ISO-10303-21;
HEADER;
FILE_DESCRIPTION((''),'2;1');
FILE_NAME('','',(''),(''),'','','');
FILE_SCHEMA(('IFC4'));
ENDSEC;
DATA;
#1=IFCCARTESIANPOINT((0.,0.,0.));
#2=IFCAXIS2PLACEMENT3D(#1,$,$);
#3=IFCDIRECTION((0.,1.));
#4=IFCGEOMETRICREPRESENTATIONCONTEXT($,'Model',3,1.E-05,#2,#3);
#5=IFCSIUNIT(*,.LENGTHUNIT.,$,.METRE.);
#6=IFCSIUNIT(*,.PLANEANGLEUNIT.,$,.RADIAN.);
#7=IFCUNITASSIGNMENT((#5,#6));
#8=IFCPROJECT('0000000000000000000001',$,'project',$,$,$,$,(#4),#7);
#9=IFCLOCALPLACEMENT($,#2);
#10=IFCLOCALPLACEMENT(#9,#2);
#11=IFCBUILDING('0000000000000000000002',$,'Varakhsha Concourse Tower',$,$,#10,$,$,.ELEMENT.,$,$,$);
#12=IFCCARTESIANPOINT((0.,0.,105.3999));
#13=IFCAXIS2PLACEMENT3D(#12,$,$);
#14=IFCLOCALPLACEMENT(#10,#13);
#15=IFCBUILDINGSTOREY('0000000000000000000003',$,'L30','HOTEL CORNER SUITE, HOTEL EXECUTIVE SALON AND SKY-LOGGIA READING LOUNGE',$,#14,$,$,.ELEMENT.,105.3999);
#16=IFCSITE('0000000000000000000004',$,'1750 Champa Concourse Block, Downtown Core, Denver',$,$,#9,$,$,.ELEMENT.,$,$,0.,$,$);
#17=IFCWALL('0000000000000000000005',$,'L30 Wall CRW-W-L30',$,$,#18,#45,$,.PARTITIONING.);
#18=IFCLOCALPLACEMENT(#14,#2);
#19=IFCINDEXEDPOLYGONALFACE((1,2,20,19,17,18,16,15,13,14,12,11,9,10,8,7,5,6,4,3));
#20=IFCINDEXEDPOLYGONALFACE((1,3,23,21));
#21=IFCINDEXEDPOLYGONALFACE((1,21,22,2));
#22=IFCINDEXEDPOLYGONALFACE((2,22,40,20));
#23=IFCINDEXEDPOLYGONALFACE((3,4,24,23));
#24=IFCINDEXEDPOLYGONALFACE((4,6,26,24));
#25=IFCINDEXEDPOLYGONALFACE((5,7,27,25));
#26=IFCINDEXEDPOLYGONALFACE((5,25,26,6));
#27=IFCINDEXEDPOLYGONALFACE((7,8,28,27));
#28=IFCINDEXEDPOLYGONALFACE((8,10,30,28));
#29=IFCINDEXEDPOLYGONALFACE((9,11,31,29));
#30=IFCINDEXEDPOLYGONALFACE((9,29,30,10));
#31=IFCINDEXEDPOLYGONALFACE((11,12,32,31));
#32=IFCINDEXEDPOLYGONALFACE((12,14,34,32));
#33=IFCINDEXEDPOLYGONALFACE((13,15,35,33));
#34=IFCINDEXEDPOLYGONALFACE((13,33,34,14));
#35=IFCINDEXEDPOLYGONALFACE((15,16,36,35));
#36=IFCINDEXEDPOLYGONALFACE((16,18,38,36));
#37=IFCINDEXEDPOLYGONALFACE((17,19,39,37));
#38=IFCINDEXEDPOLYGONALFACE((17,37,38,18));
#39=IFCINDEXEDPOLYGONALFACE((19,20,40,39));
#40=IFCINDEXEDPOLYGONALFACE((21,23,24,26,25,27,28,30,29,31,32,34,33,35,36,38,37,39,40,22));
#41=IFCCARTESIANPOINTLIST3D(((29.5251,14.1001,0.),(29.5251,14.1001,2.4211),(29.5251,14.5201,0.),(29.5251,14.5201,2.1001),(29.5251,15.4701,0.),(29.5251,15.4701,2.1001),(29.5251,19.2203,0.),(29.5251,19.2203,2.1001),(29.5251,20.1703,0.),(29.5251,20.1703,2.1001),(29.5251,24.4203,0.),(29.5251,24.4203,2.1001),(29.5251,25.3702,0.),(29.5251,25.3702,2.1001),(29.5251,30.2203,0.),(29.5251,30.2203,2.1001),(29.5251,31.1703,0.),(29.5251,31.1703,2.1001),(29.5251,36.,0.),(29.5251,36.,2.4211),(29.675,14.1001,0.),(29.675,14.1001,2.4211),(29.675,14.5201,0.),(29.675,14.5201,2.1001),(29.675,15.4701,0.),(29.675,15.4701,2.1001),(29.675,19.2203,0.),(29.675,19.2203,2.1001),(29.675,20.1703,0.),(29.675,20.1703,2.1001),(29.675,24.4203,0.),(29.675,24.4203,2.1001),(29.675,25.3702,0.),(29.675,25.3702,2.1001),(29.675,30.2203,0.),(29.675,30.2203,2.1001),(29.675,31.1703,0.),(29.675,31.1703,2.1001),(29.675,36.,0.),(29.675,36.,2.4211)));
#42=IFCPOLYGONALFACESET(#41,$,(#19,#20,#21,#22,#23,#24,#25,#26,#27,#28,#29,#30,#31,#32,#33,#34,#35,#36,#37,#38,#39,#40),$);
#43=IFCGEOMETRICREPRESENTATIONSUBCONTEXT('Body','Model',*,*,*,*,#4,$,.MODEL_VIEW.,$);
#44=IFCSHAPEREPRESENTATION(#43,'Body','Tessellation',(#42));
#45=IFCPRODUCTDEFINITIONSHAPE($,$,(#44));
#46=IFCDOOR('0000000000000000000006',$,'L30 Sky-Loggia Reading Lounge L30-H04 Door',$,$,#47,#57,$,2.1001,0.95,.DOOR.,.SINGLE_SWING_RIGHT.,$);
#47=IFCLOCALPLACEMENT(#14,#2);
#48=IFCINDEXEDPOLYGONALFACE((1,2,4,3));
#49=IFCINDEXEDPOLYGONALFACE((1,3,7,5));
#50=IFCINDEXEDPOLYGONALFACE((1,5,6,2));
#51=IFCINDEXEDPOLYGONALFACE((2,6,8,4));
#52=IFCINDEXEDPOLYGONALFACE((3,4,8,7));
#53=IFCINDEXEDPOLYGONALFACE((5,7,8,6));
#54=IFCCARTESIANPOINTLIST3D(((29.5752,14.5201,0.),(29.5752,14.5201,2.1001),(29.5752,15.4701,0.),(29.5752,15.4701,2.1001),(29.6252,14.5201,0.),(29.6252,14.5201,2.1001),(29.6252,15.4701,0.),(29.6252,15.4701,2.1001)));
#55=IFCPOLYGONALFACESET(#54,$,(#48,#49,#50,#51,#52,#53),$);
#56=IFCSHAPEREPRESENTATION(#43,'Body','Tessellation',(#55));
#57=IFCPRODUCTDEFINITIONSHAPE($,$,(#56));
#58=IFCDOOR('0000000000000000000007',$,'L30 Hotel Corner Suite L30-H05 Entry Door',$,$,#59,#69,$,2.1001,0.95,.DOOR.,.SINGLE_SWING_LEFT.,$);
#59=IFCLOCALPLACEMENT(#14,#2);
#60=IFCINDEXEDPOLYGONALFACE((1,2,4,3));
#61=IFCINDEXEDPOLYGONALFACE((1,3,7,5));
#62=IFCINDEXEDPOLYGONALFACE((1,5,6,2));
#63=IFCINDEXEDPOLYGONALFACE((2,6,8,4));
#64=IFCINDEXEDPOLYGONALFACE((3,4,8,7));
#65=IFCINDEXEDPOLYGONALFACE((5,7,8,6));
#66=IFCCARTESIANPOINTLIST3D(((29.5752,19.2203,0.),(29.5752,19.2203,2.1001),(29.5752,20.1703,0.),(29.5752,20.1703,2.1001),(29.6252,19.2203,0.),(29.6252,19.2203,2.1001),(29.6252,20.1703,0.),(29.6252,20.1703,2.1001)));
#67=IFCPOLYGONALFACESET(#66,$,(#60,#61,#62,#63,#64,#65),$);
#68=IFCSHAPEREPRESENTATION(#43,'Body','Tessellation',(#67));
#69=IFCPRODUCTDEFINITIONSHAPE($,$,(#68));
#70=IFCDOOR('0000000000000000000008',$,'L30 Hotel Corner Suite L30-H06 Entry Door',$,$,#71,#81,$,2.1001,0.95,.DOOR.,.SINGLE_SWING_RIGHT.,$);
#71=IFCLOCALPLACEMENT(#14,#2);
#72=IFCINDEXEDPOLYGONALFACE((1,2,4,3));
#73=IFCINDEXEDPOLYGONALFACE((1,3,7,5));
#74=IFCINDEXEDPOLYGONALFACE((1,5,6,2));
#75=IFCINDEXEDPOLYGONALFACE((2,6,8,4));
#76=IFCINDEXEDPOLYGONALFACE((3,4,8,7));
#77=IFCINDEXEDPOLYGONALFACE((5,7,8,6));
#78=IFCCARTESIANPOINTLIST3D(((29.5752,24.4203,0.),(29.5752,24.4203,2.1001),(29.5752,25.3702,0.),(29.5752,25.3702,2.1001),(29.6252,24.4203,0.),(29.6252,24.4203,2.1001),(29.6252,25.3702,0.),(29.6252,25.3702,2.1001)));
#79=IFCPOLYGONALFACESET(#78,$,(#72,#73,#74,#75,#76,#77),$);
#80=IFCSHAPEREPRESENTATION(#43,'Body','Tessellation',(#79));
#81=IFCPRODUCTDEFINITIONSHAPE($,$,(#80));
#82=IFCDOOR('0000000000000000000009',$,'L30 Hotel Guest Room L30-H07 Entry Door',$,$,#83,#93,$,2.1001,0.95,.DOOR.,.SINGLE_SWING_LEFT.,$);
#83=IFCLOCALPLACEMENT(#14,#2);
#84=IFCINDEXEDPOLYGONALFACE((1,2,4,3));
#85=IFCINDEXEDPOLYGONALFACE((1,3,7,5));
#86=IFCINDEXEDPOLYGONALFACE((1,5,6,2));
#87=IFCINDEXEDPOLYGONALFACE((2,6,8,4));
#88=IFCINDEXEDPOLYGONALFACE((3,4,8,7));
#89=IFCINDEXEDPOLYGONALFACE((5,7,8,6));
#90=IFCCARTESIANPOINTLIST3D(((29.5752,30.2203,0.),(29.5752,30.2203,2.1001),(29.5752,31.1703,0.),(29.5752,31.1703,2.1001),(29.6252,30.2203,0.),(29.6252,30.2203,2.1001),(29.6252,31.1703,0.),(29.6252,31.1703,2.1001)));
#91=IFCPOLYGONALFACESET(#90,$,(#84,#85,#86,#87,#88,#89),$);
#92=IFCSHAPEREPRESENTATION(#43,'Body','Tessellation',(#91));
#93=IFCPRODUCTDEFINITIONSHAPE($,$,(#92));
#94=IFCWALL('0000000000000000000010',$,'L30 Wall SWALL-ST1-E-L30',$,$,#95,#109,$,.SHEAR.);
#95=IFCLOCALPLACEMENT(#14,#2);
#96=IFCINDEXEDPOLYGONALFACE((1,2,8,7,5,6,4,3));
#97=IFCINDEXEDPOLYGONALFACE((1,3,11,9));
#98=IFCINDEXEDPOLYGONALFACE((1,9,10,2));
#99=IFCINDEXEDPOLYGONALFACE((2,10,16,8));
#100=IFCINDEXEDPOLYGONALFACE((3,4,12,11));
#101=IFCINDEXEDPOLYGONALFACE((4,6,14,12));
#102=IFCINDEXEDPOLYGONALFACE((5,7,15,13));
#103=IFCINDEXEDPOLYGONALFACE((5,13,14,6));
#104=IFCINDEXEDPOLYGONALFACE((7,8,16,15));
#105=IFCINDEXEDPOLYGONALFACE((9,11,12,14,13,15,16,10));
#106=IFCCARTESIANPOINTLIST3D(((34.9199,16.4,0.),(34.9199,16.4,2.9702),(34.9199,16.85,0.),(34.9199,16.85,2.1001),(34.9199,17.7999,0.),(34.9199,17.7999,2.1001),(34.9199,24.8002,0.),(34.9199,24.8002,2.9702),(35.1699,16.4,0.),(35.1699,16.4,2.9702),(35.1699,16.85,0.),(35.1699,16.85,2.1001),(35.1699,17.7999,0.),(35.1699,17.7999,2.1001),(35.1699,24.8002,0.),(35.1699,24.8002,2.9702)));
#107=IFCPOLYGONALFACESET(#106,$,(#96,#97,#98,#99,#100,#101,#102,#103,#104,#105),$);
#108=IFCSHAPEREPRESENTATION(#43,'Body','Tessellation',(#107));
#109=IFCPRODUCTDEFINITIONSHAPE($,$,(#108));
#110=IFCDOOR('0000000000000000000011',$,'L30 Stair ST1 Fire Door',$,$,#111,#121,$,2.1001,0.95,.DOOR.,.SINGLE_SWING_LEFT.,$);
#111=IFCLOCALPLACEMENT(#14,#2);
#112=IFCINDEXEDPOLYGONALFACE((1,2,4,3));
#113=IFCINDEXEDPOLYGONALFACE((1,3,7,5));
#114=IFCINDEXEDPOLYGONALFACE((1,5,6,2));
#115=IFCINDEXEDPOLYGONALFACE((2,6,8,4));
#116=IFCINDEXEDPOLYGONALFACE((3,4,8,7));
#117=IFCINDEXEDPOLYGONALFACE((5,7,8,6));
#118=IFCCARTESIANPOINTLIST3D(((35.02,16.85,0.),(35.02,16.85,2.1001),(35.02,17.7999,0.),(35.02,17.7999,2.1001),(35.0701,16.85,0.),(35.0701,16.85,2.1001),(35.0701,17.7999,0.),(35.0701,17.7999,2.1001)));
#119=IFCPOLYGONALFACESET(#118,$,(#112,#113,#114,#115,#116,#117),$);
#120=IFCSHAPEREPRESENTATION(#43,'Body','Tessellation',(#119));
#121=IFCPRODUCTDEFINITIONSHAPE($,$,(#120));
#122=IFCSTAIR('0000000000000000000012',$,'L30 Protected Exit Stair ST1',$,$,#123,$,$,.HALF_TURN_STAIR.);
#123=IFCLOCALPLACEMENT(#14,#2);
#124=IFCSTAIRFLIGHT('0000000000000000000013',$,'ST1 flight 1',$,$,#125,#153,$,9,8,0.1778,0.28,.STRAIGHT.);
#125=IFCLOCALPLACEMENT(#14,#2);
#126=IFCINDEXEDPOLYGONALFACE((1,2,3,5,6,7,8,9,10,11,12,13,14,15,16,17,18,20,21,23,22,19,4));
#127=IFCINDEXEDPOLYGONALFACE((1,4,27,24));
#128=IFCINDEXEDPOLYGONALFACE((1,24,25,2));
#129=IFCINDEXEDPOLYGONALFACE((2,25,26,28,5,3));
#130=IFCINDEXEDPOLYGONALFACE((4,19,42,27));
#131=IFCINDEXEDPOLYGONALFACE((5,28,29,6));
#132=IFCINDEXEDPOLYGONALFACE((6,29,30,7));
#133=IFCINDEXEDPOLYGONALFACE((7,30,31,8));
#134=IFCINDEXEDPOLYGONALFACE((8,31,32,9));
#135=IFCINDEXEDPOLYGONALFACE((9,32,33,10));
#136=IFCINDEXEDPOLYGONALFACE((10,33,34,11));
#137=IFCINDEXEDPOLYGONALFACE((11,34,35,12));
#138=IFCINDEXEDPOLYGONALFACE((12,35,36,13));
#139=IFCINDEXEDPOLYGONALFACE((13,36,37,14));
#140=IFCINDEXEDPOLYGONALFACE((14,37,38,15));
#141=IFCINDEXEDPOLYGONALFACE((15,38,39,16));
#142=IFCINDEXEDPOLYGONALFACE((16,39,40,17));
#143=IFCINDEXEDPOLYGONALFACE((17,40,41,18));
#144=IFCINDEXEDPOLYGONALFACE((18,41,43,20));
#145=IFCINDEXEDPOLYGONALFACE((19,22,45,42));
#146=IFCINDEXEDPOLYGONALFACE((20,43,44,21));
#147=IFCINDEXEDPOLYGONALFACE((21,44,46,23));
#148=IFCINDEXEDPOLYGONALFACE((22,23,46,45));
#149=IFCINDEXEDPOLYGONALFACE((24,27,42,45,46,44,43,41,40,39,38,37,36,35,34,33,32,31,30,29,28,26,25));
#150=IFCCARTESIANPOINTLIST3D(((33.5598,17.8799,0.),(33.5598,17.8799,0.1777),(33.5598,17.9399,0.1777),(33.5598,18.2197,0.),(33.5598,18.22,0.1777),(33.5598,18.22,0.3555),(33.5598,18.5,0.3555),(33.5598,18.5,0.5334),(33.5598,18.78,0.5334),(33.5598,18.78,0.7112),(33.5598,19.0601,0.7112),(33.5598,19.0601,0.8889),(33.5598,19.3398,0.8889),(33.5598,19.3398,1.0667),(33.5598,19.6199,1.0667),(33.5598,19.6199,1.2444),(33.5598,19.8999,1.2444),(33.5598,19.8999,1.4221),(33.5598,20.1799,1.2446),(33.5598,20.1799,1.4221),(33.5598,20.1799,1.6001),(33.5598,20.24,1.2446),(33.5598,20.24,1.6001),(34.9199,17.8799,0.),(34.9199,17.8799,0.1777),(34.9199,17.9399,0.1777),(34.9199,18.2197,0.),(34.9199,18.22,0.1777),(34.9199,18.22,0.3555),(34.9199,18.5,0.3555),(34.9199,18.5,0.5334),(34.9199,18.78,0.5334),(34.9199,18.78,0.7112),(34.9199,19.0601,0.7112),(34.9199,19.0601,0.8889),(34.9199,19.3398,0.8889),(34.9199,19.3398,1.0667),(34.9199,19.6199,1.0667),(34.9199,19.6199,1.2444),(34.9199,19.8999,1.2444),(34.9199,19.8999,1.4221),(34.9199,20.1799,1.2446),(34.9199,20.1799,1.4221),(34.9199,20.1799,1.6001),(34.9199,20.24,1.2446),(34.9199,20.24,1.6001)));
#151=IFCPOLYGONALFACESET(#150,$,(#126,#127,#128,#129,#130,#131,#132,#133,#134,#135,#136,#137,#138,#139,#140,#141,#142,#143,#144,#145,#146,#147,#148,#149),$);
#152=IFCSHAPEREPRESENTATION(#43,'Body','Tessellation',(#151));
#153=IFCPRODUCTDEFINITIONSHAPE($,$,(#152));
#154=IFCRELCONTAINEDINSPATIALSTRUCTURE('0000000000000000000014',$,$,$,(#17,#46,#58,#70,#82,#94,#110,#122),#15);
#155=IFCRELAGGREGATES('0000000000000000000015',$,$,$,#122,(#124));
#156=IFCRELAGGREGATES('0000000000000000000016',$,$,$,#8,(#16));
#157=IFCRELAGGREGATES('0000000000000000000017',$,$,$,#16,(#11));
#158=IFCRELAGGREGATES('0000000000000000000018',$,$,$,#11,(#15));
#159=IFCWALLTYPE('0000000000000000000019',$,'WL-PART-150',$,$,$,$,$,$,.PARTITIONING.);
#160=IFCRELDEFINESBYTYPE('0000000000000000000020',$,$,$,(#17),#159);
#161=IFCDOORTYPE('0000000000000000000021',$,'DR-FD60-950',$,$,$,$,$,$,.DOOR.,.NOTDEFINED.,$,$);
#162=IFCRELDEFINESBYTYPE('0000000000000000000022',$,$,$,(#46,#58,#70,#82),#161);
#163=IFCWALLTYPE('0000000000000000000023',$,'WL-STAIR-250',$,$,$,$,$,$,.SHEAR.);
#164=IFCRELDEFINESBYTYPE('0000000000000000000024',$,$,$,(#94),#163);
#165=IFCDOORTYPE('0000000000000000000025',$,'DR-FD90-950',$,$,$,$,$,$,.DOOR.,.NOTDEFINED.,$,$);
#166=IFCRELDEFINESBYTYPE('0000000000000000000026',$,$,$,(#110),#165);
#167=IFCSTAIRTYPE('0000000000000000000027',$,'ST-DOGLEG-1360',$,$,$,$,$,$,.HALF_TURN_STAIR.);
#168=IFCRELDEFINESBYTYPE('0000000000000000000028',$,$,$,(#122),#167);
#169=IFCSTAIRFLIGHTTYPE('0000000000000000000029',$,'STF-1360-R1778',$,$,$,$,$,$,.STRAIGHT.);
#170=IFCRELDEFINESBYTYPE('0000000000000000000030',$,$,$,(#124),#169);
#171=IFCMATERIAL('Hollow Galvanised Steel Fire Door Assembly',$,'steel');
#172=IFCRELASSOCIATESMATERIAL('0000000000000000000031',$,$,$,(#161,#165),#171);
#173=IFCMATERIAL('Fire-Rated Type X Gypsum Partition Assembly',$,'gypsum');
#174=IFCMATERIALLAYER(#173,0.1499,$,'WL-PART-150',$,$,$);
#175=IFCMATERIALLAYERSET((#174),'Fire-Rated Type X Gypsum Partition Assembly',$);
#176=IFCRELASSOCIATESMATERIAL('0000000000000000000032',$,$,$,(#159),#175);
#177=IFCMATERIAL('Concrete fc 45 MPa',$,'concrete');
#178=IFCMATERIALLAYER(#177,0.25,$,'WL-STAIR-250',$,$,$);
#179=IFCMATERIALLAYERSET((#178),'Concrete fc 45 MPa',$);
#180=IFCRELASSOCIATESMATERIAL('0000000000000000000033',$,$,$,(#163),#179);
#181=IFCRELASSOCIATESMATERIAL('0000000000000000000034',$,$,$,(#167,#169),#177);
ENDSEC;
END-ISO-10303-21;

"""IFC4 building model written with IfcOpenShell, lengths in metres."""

from ifc_helpers import new_model, si_unit, direction, frame, frame_2d, origin, place, context, subcontext, project, spatial, polyline, rectangle, outline, extrude, material, layer, layer_set, type_object, element, fill, aggregate, save


model = new_model("IFC4")

# Units and contexts
model_context = context("Model", 3, precision=1e-05, world=origin(), true_north=direction((0.0, 1.0)))
body_context = subcontext(model_context, "Body", "Model", "MODEL_VIEW")
ifc_project = project(units=[si_unit("LENGTHUNIT", "METRE"), si_unit("PLANEANGLEUNIT", "RADIAN")], contexts=[model_context])

# Site, building, storey
site_placement = place(None, origin())
site = spatial("IfcSite", under=ifc_project, at=site_placement, Name="1750 Champa Concourse Block, Downtown Core, Denver", CompositionType="ELEMENT", RefElevation=0.0)
building_placement = place(site_placement, origin())
building = spatial("IfcBuilding", under=site, at=building_placement, Name="Varakhsha Concourse Tower", CompositionType="ELEMENT")
storey_placement = place(building_placement, frame((0.0, 0.0, 105.3999)))
storey = spatial("IfcBuildingStorey", under=building, at=storey_placement, Name="L30", Description="HOTEL CORNER SUITE, HOTEL EXECUTIVE SALON AND SKY-LOGGIA READING LOUNGE", CompositionType="ELEMENT", Elevation=105.3999)

# Shared definitions
ifc_material_1 = material(Name="Hollow Galvanised Steel Fire Door Assembly", Category="steel")
door_type_1 = type_object("IfcDoorType", Name="DR-FD60-950", OperationType="NOTDEFINED", PredefinedType="DOOR", material=ifc_material_1)

# Shared definitions
ifc_material_2 = material(Name="Fire-Rated Type X Gypsum Partition Assembly", Category="gypsum")

# Shared definitions
ifc_layer_1 = layer(ifc_material_2, 0.1499, Name="WL-PART-150")
ifc_layer_set_1 = layer_set([ifc_layer_1], Name="Fire-Rated Type X Gypsum Partition Assembly")
wall_type_1 = type_object("IfcWallType", Name="WL-PART-150", PredefinedType="PARTITIONING", material=ifc_layer_set_1)

# Wall, openings, doors
wall_1_placement = place(storey_placement, frame((29.6001, 14.1001, 0.0), z_axis=(0.0, 0.0, 1.0), x_axis=(0.0, 1.0, 0.0)))
wall_1 = element("IfcWall", 1, at=wall_1_placement, inside=storey, type_object=wall_type_1, Name="L30 Wall CRW-W-L30", PredefinedType="PARTITIONING", context=body_context, shape_type="SweptSolid", body=[
    extrude(rectangle(XDim=21.8999, YDim=0.1499, at=frame_2d((10.95, 0.0))), origin(), (0.0, 0.0, 1.0), 2.4211),
])
opening_1_placement = place(wall_1_placement, frame((0.4199, 0.0, 0.0)))
opening_1 = element("IfcOpeningElement", 2, at=opening_1_placement, cuts=wall_1, PredefinedType="OPENING", context=body_context, shape_type="SweptSolid", body=[
    extrude(rectangle(XDim=0.95, YDim=2.1001, at=frame_2d((0.4751, 1.05))), frame((0.0, 0.085, 0.0), z_axis=(0.0, -1.0, 0.0), x_axis=(1.0, 0.0, 0.0)), (0.0, 0.0, 1.0), 0.1699),
])
opening_2_placement = place(wall_1_placement, frame((5.1201, 0.0, 0.0)))
opening_2 = element("IfcOpeningElement", 3, at=opening_2_placement, cuts=wall_1, PredefinedType="OPENING", context=body_context, shape_type="SweptSolid", body=[
    extrude(rectangle(XDim=0.95, YDim=2.1001, at=frame_2d((0.4751, 1.05))), frame((0.0, 0.085, 0.0), z_axis=(0.0, -1.0, 0.0), x_axis=(1.0, 0.0, 0.0)), (0.0, 0.0, 1.0), 0.1699),
])
opening_3_placement = place(wall_1_placement, frame((10.3201, 0.0, 0.0)))
opening_3 = element("IfcOpeningElement", 4, at=opening_3_placement, cuts=wall_1, PredefinedType="OPENING", context=body_context, shape_type="SweptSolid", body=[
    extrude(rectangle(XDim=0.95, YDim=2.1001, at=frame_2d((0.4751, 1.05))), frame((0.0, 0.085, 0.0), z_axis=(0.0, -1.0, 0.0), x_axis=(1.0, 0.0, 0.0)), (0.0, 0.0, 1.0), 0.1699),
])
opening_4_placement = place(wall_1_placement, frame((16.1201, 0.0, 0.0)))
opening_4 = element("IfcOpeningElement", 5, at=opening_4_placement, cuts=wall_1, PredefinedType="OPENING", context=body_context, shape_type="SweptSolid", body=[
    extrude(rectangle(XDim=0.95, YDim=2.1001, at=frame_2d((0.4751, 1.05))), frame((0.0, 0.085, 0.0), z_axis=(0.0, -1.0, 0.0), x_axis=(1.0, 0.0, 0.0)), (0.0, 0.0, 1.0), 0.1699),
])
door_1_placement = place(opening_1_placement, origin())
door_1 = element("IfcDoor", 6, at=door_1_placement, inside=storey, type_object=door_type_1, Name="L30 Sky-Loggia Reading Lounge L30-H04 Door", OperationType="SINGLE_SWING_RIGHT", OverallHeight=2.1001, OverallWidth=0.95, PredefinedType="DOOR", context=body_context, shape_type="SweptSolid", body=[
    extrude(rectangle(XDim=0.95, YDim=2.1001, at=frame_2d((0.4751, 1.05))), frame((0.0, 0.0249, 0.0), z_axis=(0.0, -1.0, 0.0), x_axis=(1.0, 0.0, 0.0)), (0.0, 0.0, 1.0), 0.05),
])
fill(opening_1, door_1)
door_2_placement = place(opening_2_placement, origin())
door_2 = element("IfcDoor", 7, at=door_2_placement, inside=storey, type_object=door_type_1, Name="L30 Hotel Corner Suite L30-H05 Entry Door", OperationType="SINGLE_SWING_LEFT", OverallHeight=2.1001, OverallWidth=0.95, PredefinedType="DOOR", context=body_context, shape_type="SweptSolid", body=[
    extrude(rectangle(XDim=0.95, YDim=2.1001, at=frame_2d((0.4751, 1.05))), frame((0.0, 0.0249, 0.0), z_axis=(0.0, -1.0, 0.0), x_axis=(1.0, 0.0, 0.0)), (0.0, 0.0, 1.0), 0.05),
])
fill(opening_2, door_2)
door_3_placement = place(opening_3_placement, origin())
door_3 = element("IfcDoor", 8, at=door_3_placement, inside=storey, type_object=door_type_1, Name="L30 Hotel Corner Suite L30-H06 Entry Door", OperationType="SINGLE_SWING_RIGHT", OverallHeight=2.1001, OverallWidth=0.95, PredefinedType="DOOR", context=body_context, shape_type="SweptSolid", body=[
    extrude(rectangle(XDim=0.95, YDim=2.1001, at=frame_2d((0.4751, 1.05))), frame((0.0, 0.0249, 0.0), z_axis=(0.0, -1.0, 0.0), x_axis=(1.0, 0.0, 0.0)), (0.0, 0.0, 1.0), 0.05),
])
fill(opening_3, door_3)
door_4_placement = place(opening_4_placement, origin())
door_4 = element("IfcDoor", 9, at=door_4_placement, inside=storey, type_object=door_type_1, Name="L30 Hotel Guest Room L30-H07 Entry Door", OperationType="SINGLE_SWING_LEFT", OverallHeight=2.1001, OverallWidth=0.95, PredefinedType="DOOR", context=body_context, shape_type="SweptSolid", body=[
    extrude(rectangle(XDim=0.95, YDim=2.1001, at=frame_2d((0.4751, 1.05))), frame((0.0, 0.0249, 0.0), z_axis=(0.0, -1.0, 0.0), x_axis=(1.0, 0.0, 0.0)), (0.0, 0.0, 1.0), 0.05),
])
fill(opening_4, door_4)

# Wall, opening, door
ifc_material_3 = material(Name="Concrete fc 45 MPa", Category="concrete")
ifc_layer_2 = layer(ifc_material_3, 0.25, Name="WL-STAIR-250")
ifc_layer_set_2 = layer_set([ifc_layer_2], Name="Concrete fc 45 MPa")
wall_type_2 = type_object("IfcWallType", Name="WL-STAIR-250", PredefinedType="SHEAR", material=ifc_layer_set_2)
wall_2_placement = place(storey_placement, frame((35.0449, 16.3999, 0.0), z_axis=(0.0, 0.0, 1.0), x_axis=(0.0, 1.0, 0.0)))
wall_2 = element("IfcWall", 10, at=wall_2_placement, inside=storey, type_object=wall_type_2, Name="L30 Wall SWALL-ST1-E-L30", PredefinedType="SHEAR", context=body_context, shape_type="SweptSolid", body=[
    extrude(rectangle(XDim=8.4001, YDim=0.25, at=frame_2d((4.2002, 0.0))), origin(), (0.0, 0.0, 1.0), 2.9702),
])
opening_5_placement = place(wall_2_placement, frame((0.45, 0.0, 0.0)))
opening_5 = element("IfcOpeningElement", 11, at=opening_5_placement, cuts=wall_2, PredefinedType="OPENING", context=body_context, shape_type="SweptSolid", body=[
    extrude(rectangle(XDim=0.95, YDim=2.1001, at=frame_2d((0.4751, 1.05))), frame((0.0, 0.135, 0.0), z_axis=(0.0, -1.0, 0.0), x_axis=(1.0, 0.0, 0.0)), (0.0, 0.0, 1.0), 0.27),
])
door_type_2 = type_object("IfcDoorType", Name="DR-FD90-950", OperationType="NOTDEFINED", PredefinedType="DOOR", material=ifc_material_1)
door_5_placement = place(opening_5_placement, origin())
door_5 = element("IfcDoor", 12, at=door_5_placement, inside=storey, type_object=door_type_2, Name="L30 Stair ST1 Fire Door", OperationType="SINGLE_SWING_LEFT", OverallHeight=2.1001, OverallWidth=0.95, PredefinedType="DOOR", context=body_context, shape_type="SweptSolid", body=[
    extrude(rectangle(XDim=0.95, YDim=2.1001, at=frame_2d((0.4751, 1.05))), frame((0.0, 0.0249, 0.0), z_axis=(0.0, -1.0, 0.0), x_axis=(1.0, 0.0, 0.0)), (0.0, 0.0, 1.0), 0.05),
])
fill(opening_5, door_5)

# Stair, stair flight
stair_type = type_object("IfcStairType", Name="ST-DOGLEG-1360", PredefinedType="HALF_TURN_STAIR", material=ifc_material_3)
stair_placement = place(storey_placement, origin())
stair = element("IfcStair", 13, at=stair_placement, inside=storey, type_object=stair_type, Name="L30 Protected Exit Stair ST1", PredefinedType="HALF_TURN_STAIR")
stair_flight_type = type_object("IfcStairFlightType", Name="STF-1360-R1778", PredefinedType="STRAIGHT", material=ifc_material_3)
stair_flight_1_placement = place(storey_placement, frame((34.24, 17.9399, 0.0), z_axis=(0.0, 0.0, 1.0), x_axis=(0.0, 1.0, 0.0)))
stair_flight_1 = element("IfcStairFlight", 14, at=stair_flight_1_placement, type_object=stair_flight_type, Name="ST1 flight 1", NumberOfRisers=9, NumberOfTreads=8, PredefinedType="STRAIGHT", RiserHeight=0.1778, TreadLength=0.28, context=body_context, shape_type="SweptSolid", body=[
    extrude(outline(polyline([(-0.0601, 0.0), (-0.0601, 0.1777), (0.0, 0.1777), (0.28, 0.1777), (0.28, 0.3555), (0.5601, 0.3555), (0.5601, 0.5334), (0.8401, 0.5334), (0.8401, 0.7112), (1.1201, 0.7112), (1.1201, 0.8889), (1.3999, 0.8889), (1.3999, 1.0667), (1.6799, 1.0667), (1.6799, 1.2444), (1.96, 1.2444), (1.96, 1.4221), (2.24, 1.4221), (2.24, 1.6001), (2.3, 1.6001), (2.3, 1.2446), (2.24, 1.2446), (0.2798, 0.0), (-0.0601, 0.0)])), frame((0.0, 0.6802, 0.0), z_axis=(0.0, -1.0, 0.0), x_axis=(1.0, 0.0, 0.0)), (0.0, 0.0, 1.0), 1.3601),
])
aggregate(stair, [stair_flight_1])

save(model, "model.ifc")
